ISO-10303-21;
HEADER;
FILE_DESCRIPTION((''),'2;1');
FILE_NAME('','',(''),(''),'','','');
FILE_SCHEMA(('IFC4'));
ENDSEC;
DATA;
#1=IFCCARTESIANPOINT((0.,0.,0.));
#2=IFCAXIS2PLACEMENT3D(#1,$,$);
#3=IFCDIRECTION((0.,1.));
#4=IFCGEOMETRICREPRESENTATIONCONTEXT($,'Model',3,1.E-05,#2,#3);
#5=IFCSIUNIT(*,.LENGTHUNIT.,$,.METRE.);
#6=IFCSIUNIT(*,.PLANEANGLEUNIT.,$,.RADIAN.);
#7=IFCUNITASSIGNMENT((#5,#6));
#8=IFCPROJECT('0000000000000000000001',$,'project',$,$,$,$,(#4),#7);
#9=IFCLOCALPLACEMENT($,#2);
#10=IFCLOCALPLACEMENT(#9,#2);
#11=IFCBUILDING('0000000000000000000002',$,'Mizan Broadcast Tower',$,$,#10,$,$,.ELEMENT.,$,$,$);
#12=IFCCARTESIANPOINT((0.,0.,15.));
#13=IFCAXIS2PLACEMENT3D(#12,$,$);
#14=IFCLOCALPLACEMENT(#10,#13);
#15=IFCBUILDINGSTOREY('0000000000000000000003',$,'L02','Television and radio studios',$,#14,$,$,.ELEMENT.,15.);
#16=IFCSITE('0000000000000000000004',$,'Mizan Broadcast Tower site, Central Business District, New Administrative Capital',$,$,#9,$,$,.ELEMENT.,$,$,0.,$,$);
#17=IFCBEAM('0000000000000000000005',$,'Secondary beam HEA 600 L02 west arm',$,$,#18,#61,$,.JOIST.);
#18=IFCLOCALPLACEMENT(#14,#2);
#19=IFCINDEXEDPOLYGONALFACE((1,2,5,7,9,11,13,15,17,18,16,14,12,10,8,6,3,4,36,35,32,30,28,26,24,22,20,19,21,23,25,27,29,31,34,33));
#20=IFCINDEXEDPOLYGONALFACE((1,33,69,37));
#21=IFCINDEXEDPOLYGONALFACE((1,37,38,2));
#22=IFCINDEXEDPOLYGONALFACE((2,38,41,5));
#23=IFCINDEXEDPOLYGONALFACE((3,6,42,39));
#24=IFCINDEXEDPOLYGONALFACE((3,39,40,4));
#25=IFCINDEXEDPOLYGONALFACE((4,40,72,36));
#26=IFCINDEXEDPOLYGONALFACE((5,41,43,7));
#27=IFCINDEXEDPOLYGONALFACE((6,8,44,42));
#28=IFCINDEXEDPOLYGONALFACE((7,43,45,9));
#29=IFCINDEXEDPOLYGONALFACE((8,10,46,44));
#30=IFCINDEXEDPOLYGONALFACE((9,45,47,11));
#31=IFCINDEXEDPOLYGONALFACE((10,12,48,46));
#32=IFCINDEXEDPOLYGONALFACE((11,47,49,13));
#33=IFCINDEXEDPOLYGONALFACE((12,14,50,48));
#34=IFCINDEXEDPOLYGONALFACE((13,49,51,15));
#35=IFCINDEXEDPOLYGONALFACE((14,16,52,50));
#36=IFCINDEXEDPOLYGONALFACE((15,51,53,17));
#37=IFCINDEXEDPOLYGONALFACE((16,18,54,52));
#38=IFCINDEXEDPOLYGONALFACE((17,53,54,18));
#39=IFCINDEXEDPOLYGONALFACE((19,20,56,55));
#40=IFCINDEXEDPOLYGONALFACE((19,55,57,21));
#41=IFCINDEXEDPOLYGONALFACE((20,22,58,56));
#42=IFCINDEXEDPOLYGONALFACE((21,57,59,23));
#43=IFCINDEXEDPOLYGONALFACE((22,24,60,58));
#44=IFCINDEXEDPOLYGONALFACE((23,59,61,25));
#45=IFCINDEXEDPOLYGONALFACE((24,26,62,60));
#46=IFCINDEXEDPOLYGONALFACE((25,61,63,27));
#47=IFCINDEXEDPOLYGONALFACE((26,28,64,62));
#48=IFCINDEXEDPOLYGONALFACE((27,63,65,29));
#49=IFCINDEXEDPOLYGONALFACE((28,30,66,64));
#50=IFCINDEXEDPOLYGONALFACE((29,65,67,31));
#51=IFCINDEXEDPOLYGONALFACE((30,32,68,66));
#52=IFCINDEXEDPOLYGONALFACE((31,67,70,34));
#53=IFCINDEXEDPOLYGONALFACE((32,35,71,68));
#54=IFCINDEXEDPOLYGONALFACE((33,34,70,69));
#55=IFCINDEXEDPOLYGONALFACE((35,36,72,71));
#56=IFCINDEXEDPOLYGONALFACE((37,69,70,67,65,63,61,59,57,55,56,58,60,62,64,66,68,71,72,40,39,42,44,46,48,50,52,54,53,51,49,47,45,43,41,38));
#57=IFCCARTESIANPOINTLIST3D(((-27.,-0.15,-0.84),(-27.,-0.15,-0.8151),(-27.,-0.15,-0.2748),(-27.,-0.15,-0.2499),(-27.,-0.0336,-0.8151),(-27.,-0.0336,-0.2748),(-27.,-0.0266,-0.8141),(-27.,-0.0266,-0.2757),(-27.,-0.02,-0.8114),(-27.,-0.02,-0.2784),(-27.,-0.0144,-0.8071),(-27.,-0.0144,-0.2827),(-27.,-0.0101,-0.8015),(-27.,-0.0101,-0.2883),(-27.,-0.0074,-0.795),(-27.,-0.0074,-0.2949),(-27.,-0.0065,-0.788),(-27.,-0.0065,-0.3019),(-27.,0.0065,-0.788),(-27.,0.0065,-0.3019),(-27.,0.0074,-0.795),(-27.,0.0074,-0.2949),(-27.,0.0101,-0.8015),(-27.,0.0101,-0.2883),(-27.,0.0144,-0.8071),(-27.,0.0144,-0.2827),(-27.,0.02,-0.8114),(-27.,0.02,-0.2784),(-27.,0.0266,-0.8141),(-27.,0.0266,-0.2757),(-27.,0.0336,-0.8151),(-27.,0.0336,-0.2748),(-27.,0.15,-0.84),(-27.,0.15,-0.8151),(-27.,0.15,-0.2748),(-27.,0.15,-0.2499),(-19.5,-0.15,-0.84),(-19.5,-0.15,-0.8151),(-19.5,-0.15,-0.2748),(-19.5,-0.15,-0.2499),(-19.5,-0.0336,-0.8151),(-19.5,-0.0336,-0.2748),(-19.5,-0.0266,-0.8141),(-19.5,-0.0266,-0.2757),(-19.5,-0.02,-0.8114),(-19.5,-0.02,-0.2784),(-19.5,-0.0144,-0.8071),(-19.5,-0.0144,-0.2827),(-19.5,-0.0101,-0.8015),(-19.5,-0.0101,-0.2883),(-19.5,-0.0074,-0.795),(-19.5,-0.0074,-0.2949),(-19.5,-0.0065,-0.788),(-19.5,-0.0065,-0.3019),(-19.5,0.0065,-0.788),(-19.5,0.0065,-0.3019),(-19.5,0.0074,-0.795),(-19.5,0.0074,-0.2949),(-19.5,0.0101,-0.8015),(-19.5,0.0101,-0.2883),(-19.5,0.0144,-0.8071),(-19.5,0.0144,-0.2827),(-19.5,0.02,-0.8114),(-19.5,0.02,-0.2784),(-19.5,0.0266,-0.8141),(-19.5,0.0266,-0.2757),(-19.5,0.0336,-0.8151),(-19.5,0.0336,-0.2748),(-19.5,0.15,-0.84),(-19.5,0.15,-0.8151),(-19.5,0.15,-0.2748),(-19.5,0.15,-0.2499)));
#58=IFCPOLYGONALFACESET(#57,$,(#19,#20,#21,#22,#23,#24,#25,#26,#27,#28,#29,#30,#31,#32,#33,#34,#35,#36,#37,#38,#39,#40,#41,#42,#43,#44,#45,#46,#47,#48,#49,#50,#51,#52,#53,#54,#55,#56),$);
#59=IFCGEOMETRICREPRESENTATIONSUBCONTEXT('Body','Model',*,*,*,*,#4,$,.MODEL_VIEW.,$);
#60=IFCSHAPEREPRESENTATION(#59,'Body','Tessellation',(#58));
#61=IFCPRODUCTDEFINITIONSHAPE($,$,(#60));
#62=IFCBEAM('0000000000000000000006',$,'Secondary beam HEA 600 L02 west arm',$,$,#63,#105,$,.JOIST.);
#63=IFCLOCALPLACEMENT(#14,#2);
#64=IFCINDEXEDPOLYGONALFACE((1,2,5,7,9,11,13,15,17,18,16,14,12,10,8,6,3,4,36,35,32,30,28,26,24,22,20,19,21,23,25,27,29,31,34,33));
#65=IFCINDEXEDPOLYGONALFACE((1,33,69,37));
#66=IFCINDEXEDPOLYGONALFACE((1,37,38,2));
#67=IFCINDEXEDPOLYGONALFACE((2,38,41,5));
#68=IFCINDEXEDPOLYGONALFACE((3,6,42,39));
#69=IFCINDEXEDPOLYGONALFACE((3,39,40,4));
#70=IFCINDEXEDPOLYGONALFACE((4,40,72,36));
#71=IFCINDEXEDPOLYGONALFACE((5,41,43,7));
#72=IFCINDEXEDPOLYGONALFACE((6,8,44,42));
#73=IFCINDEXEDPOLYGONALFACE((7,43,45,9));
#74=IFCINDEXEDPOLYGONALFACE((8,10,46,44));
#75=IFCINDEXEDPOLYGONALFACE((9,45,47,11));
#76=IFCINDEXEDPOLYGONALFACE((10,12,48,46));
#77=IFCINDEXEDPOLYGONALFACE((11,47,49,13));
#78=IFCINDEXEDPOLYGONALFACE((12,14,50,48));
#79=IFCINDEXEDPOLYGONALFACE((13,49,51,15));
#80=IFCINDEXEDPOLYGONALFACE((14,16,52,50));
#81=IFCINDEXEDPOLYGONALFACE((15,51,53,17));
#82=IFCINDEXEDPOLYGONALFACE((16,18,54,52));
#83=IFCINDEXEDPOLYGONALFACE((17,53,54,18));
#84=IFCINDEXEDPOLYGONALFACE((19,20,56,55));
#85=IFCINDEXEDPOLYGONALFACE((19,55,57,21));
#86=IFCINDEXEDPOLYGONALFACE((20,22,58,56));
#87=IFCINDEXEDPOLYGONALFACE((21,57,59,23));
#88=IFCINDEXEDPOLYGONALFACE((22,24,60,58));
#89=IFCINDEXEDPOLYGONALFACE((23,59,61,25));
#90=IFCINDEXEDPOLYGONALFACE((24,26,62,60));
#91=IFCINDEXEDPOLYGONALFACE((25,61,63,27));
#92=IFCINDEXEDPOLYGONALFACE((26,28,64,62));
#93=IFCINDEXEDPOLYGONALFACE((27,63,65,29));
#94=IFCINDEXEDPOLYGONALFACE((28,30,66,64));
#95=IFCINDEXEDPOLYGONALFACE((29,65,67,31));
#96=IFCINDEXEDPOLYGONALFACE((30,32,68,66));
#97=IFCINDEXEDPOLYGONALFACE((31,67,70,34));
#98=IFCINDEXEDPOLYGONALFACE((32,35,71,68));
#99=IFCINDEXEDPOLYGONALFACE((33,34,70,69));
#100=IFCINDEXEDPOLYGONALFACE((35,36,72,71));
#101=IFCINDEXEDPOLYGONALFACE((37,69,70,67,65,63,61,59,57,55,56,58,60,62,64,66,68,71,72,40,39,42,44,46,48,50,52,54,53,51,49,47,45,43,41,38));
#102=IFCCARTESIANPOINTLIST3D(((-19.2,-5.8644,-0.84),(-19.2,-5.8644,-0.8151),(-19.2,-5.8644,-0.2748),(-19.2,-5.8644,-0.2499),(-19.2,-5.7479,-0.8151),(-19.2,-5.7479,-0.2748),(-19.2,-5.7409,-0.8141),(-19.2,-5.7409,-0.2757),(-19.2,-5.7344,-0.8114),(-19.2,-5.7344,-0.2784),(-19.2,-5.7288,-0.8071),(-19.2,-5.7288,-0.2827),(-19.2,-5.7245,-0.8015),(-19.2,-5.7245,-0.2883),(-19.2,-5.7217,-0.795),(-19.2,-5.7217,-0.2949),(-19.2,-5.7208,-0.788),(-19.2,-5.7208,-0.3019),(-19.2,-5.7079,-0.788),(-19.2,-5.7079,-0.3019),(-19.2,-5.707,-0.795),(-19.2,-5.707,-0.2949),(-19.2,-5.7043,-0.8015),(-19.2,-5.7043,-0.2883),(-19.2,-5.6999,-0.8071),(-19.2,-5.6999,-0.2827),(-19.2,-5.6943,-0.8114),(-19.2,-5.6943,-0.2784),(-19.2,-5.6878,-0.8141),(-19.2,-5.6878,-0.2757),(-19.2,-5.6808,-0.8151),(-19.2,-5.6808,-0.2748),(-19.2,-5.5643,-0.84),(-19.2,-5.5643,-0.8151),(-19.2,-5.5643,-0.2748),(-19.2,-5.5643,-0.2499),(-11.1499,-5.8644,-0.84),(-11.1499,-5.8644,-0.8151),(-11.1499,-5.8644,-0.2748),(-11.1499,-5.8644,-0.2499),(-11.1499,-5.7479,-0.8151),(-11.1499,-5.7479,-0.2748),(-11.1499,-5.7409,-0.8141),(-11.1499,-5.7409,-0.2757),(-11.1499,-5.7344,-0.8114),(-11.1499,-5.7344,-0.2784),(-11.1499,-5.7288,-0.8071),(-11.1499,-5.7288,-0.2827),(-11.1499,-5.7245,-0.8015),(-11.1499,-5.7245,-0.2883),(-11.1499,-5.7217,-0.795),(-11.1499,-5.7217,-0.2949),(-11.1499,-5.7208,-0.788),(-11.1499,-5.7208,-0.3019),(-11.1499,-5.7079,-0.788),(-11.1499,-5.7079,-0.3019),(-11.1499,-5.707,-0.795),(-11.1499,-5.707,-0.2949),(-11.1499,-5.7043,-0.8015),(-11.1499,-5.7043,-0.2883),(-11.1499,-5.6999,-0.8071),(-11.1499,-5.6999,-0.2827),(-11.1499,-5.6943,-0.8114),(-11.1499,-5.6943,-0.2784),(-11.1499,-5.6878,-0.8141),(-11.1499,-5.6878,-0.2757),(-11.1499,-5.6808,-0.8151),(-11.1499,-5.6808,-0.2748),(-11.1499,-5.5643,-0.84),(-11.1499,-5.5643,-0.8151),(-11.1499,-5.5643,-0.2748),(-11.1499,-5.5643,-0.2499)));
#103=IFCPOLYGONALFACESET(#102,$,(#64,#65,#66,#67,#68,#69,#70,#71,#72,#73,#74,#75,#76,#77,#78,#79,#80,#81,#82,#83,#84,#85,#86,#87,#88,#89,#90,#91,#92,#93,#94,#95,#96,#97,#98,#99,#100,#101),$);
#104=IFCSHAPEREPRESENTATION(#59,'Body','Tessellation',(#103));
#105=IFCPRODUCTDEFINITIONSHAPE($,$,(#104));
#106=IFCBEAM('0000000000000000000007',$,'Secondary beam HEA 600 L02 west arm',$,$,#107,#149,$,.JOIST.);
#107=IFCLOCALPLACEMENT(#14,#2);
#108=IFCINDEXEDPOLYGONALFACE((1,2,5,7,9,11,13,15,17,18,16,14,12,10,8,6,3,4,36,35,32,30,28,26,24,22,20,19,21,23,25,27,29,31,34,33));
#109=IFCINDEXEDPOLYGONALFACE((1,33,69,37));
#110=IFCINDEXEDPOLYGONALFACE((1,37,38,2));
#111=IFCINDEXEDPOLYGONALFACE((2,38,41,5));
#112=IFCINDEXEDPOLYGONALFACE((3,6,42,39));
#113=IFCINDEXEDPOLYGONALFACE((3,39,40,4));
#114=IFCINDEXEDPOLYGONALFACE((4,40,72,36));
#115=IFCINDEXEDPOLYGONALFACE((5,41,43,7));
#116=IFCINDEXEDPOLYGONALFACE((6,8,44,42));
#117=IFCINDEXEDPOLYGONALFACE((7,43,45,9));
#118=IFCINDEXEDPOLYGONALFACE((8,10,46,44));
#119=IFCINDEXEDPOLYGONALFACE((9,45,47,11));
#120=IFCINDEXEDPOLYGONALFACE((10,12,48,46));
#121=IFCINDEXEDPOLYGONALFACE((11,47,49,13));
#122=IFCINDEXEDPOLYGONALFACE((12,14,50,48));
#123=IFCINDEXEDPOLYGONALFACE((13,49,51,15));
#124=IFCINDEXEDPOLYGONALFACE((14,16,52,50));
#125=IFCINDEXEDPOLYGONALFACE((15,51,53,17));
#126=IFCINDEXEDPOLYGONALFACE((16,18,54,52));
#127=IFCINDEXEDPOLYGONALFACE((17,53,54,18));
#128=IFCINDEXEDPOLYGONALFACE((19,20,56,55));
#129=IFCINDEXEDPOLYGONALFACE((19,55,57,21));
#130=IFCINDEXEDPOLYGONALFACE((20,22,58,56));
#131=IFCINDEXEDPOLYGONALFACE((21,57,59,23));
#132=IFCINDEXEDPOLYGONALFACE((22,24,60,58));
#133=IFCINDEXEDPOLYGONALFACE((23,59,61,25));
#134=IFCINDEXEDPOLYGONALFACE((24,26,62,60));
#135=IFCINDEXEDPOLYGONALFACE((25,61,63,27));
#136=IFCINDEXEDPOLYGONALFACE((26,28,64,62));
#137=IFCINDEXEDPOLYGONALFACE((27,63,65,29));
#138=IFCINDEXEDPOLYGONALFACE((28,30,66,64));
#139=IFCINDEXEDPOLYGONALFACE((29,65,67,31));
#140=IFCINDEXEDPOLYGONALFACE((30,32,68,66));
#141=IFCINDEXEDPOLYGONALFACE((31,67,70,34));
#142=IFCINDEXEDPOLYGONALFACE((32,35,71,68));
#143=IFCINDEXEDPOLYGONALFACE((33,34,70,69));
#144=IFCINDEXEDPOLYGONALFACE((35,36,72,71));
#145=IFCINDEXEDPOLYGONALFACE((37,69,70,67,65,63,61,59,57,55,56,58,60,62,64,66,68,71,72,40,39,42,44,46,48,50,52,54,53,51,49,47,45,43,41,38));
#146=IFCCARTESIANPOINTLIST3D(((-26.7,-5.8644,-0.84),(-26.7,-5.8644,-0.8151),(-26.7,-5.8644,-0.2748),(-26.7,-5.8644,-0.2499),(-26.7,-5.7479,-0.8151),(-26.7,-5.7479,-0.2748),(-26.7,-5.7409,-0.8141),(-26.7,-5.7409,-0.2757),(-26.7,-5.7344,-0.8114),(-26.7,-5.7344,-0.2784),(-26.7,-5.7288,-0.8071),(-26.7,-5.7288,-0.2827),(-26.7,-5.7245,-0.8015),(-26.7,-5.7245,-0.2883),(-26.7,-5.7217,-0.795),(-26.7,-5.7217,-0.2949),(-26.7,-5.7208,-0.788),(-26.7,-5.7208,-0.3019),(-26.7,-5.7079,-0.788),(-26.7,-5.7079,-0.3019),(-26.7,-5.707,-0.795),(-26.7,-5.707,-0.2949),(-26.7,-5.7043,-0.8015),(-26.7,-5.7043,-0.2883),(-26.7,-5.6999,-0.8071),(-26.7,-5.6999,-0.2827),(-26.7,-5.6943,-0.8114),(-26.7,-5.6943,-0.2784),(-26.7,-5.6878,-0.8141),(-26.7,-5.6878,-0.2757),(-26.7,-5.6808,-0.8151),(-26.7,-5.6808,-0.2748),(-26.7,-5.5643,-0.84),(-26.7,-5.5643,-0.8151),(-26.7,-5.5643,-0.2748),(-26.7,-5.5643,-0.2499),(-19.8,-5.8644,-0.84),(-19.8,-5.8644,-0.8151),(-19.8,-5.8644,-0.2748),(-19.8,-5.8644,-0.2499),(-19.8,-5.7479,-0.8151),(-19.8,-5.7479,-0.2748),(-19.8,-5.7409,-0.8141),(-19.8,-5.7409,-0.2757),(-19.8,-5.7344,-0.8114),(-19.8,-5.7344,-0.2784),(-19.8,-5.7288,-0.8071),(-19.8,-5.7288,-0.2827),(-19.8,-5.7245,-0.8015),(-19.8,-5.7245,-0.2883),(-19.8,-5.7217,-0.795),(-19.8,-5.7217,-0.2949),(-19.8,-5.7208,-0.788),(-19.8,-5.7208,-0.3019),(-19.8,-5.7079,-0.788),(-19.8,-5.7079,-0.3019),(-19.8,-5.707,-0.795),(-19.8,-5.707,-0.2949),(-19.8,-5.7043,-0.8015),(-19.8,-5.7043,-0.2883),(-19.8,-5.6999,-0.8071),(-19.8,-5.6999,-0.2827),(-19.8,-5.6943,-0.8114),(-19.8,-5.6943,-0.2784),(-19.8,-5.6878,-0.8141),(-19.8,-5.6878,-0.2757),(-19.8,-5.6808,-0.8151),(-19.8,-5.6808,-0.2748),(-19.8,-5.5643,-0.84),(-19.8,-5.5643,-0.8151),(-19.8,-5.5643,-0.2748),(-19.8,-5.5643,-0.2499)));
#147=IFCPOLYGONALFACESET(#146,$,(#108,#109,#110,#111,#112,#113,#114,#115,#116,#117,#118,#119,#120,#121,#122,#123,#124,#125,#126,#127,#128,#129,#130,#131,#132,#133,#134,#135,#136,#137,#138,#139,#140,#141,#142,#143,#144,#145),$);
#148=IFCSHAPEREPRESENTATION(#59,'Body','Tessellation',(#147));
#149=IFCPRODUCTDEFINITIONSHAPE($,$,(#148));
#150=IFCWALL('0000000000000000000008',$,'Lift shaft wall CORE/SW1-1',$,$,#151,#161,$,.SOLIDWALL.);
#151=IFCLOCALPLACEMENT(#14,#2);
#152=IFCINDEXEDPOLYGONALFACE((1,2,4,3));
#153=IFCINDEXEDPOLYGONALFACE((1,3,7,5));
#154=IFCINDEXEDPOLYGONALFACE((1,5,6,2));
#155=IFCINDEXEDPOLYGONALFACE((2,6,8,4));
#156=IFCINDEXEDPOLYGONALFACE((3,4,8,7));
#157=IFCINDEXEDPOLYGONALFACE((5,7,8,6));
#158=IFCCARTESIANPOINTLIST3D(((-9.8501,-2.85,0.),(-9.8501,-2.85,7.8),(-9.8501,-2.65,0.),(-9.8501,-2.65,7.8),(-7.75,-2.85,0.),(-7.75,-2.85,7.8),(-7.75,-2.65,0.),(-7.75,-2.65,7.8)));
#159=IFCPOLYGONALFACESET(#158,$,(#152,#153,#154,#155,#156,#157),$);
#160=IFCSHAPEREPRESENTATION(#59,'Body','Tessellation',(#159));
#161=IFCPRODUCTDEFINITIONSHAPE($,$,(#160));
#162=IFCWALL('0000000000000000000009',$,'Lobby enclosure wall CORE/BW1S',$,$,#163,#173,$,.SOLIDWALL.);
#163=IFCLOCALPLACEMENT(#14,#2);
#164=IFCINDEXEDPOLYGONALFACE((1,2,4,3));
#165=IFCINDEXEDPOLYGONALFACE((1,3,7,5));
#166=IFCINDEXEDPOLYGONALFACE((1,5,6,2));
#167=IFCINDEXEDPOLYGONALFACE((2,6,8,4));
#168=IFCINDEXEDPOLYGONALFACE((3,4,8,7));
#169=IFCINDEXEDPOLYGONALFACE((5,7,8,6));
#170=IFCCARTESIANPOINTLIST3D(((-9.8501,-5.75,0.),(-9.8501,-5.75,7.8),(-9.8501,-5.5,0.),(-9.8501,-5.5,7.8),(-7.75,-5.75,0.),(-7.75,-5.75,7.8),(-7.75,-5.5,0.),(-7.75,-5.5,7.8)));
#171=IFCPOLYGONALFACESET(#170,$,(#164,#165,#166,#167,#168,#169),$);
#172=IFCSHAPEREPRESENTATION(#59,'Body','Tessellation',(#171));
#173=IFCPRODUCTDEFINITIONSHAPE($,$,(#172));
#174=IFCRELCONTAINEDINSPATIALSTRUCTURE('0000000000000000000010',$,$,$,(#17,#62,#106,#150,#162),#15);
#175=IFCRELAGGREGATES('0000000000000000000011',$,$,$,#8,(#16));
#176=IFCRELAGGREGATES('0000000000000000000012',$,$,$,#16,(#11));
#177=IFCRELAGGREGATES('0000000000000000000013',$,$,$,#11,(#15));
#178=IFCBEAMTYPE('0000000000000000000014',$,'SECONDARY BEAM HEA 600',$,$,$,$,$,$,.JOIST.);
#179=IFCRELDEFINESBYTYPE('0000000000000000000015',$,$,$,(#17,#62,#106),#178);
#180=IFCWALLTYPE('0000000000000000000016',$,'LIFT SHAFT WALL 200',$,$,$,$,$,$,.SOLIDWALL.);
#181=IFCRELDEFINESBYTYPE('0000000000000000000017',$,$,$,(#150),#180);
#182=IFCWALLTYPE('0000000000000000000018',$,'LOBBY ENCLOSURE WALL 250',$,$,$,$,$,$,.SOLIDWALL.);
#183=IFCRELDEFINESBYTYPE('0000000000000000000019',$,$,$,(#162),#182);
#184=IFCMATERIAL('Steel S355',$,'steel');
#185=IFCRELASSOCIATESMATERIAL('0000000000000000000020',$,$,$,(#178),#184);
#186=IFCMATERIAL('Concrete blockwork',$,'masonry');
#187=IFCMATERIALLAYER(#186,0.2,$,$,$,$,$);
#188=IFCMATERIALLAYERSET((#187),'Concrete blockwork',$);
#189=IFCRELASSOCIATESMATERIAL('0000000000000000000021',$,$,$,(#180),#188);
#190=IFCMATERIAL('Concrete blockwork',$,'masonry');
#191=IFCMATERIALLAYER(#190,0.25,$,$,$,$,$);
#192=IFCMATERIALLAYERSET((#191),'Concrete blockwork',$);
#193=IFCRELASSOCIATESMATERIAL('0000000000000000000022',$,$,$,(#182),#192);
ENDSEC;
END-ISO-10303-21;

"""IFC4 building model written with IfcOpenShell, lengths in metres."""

from ifc_helpers import new_model, si_unit, direction, frame, frame_2d, origin, origin_2d, place, context, subcontext, project, spatial, rectangle, i_section, extrude, material, layer, layer_set, material_profile, profile_set, type_object, element, save


model = new_model("IFC4")

# Units and contexts
model_context = context("Model", 3, precision=1e-05, world=origin(), true_north=direction((0.0, 1.0)))
body_context = subcontext(model_context, "Body", "Model", "MODEL_VIEW")
ifc_project = project(units=[si_unit("LENGTHUNIT", "METRE"), si_unit("PLANEANGLEUNIT", "RADIAN")], contexts=[model_context])

# Site, building, storey
site_placement = place(None, origin())
site = spatial("IfcSite", under=ifc_project, at=site_placement, Name="Mizan Broadcast Tower site, Central Business District, New Administrative Capital", CompositionType="ELEMENT", RefElevation=0.0)
building_placement = place(site_placement, origin())
building = spatial("IfcBuilding", under=site, at=building_placement, Name="Mizan Broadcast Tower", CompositionType="ELEMENT")
storey_placement = place(building_placement, frame((0.0, 0.0, 15.0)))
storey = spatial("IfcBuildingStorey", under=building, at=storey_placement, Name="L02", Description="Television and radio studios", CompositionType="ELEMENT", Elevation=15.0)

# Beams
ifc_material_1 = material(Name="Steel S355", Category="steel")
ifc_material_profile_1 = material_profile(ifc_material_1, i_section(OverallWidth=0.3, OverallDepth=0.5901, WebThickness=0.0129, FlangeThickness=0.0249, FilletRadius=0.0271, at=origin_2d()), Name="HEA 600")
ifc_profile_set_1 = profile_set([ifc_material_profile_1], Name="Steel S355")
beam_type_1 = type_object("IfcBeamType", Name="SECONDARY BEAM HEA 600", PredefinedType="JOIST", material=ifc_profile_set_1)
beam_1_placement = place(storey_placement, frame((-19.5, 0.0, -0.5449), z_axis=(-1.0, 0.0, 0.0), x_axis=(0.0, -1.0, 0.0)))
element("IfcBeam", 1, at=beam_1_placement, inside=storey, type_object=beam_type_1, Name="Secondary beam HEA 600 L02 west arm", PredefinedType="JOIST", context=body_context, shape_type="SweptSolid", body=[
    extrude(i_section(OverallWidth=0.3, OverallDepth=0.5901, WebThickness=0.0129, FlangeThickness=0.0249, FilletRadius=0.0271, at=origin_2d()), origin(), (0.0, 0.0, 1.0), 7.5),
])
beam_2_placement = place(storey_placement, frame((-11.1499, -5.7144, -0.5449), z_axis=(-1.0, 0.0, 0.0), x_axis=(0.0, -1.0, 0.0)))
element("IfcBeam", 2, at=beam_2_placement, inside=storey, type_object=beam_type_1, Name="Secondary beam HEA 600 L02 west arm", PredefinedType="JOIST", context=body_context, shape_type="SweptSolid", body=[
    extrude(i_section(OverallWidth=0.3, OverallDepth=0.5901, WebThickness=0.0129, FlangeThickness=0.0249, FilletRadius=0.0271, at=origin_2d()), origin(), (0.0, 0.0, 1.0), 8.05),
])
beam_3_placement = place(storey_placement, frame((-19.8, -5.7144, -0.5449), z_axis=(-1.0, 0.0, 0.0), x_axis=(0.0, -1.0, 0.0)))
element("IfcBeam", 3, at=beam_3_placement, inside=storey, type_object=beam_type_1, Name="Secondary beam HEA 600 L02 west arm", PredefinedType="JOIST", context=body_context, shape_type="SweptSolid", body=[
    extrude(i_section(OverallWidth=0.3, OverallDepth=0.5901, WebThickness=0.0129, FlangeThickness=0.0249, FilletRadius=0.0271, at=origin_2d()), origin(), (0.0, 0.0, 1.0), 6.8999),
])

# Walls
ifc_material_2 = material(Name="Concrete blockwork", Category="masonry")
ifc_layer_1 = layer(ifc_material_2, 0.2)
ifc_layer_set_1 = layer_set([ifc_layer_1], Name="Concrete blockwork")
wall_type_1 = type_object("IfcWallType", Name="LIFT SHAFT WALL 200", PredefinedType="SOLIDWALL", material=ifc_layer_set_1)
wall_1_placement = place(storey_placement, frame((-9.8501, -2.75, 0.0), z_axis=(0.0, 0.0, 1.0), x_axis=(1.0, 0.0, 0.0)))
element("IfcWall", 4, at=wall_1_placement, inside=storey, type_object=wall_type_1, Name="Lift shaft wall CORE/SW1-1", PredefinedType="SOLIDWALL", context=body_context, shape_type="SweptSolid", body=[
    extrude(rectangle(XDim=2.1001, YDim=0.2, at=frame_2d((1.05, 0.0))), origin(), (0.0, 0.0, 1.0), 7.8),
])
ifc_material_3 = material(Name="Concrete blockwork", Category="masonry")
ifc_layer_2 = layer(ifc_material_3, 0.25)
ifc_layer_set_2 = layer_set([ifc_layer_2], Name="Concrete blockwork")
wall_type_2 = type_object("IfcWallType", Name="LOBBY ENCLOSURE WALL 250", PredefinedType="SOLIDWALL", material=ifc_layer_set_2)
wall_2_placement = place(storey_placement, frame((-9.8501, -5.625, 0.0), z_axis=(0.0, 0.0, 1.0), x_axis=(1.0, 0.0, 0.0)))
element("IfcWall", 5, at=wall_2_placement, inside=storey, type_object=wall_type_2, Name="Lobby enclosure wall CORE/BW1S", PredefinedType="SOLIDWALL", context=body_context, shape_type="SweptSolid", body=[
    extrude(rectangle(XDim=2.1001, YDim=0.25, at=frame_2d((1.05, 0.0))), origin(), (0.0, 0.0, 1.0), 7.8),
])

save(model, "model.ifc")
